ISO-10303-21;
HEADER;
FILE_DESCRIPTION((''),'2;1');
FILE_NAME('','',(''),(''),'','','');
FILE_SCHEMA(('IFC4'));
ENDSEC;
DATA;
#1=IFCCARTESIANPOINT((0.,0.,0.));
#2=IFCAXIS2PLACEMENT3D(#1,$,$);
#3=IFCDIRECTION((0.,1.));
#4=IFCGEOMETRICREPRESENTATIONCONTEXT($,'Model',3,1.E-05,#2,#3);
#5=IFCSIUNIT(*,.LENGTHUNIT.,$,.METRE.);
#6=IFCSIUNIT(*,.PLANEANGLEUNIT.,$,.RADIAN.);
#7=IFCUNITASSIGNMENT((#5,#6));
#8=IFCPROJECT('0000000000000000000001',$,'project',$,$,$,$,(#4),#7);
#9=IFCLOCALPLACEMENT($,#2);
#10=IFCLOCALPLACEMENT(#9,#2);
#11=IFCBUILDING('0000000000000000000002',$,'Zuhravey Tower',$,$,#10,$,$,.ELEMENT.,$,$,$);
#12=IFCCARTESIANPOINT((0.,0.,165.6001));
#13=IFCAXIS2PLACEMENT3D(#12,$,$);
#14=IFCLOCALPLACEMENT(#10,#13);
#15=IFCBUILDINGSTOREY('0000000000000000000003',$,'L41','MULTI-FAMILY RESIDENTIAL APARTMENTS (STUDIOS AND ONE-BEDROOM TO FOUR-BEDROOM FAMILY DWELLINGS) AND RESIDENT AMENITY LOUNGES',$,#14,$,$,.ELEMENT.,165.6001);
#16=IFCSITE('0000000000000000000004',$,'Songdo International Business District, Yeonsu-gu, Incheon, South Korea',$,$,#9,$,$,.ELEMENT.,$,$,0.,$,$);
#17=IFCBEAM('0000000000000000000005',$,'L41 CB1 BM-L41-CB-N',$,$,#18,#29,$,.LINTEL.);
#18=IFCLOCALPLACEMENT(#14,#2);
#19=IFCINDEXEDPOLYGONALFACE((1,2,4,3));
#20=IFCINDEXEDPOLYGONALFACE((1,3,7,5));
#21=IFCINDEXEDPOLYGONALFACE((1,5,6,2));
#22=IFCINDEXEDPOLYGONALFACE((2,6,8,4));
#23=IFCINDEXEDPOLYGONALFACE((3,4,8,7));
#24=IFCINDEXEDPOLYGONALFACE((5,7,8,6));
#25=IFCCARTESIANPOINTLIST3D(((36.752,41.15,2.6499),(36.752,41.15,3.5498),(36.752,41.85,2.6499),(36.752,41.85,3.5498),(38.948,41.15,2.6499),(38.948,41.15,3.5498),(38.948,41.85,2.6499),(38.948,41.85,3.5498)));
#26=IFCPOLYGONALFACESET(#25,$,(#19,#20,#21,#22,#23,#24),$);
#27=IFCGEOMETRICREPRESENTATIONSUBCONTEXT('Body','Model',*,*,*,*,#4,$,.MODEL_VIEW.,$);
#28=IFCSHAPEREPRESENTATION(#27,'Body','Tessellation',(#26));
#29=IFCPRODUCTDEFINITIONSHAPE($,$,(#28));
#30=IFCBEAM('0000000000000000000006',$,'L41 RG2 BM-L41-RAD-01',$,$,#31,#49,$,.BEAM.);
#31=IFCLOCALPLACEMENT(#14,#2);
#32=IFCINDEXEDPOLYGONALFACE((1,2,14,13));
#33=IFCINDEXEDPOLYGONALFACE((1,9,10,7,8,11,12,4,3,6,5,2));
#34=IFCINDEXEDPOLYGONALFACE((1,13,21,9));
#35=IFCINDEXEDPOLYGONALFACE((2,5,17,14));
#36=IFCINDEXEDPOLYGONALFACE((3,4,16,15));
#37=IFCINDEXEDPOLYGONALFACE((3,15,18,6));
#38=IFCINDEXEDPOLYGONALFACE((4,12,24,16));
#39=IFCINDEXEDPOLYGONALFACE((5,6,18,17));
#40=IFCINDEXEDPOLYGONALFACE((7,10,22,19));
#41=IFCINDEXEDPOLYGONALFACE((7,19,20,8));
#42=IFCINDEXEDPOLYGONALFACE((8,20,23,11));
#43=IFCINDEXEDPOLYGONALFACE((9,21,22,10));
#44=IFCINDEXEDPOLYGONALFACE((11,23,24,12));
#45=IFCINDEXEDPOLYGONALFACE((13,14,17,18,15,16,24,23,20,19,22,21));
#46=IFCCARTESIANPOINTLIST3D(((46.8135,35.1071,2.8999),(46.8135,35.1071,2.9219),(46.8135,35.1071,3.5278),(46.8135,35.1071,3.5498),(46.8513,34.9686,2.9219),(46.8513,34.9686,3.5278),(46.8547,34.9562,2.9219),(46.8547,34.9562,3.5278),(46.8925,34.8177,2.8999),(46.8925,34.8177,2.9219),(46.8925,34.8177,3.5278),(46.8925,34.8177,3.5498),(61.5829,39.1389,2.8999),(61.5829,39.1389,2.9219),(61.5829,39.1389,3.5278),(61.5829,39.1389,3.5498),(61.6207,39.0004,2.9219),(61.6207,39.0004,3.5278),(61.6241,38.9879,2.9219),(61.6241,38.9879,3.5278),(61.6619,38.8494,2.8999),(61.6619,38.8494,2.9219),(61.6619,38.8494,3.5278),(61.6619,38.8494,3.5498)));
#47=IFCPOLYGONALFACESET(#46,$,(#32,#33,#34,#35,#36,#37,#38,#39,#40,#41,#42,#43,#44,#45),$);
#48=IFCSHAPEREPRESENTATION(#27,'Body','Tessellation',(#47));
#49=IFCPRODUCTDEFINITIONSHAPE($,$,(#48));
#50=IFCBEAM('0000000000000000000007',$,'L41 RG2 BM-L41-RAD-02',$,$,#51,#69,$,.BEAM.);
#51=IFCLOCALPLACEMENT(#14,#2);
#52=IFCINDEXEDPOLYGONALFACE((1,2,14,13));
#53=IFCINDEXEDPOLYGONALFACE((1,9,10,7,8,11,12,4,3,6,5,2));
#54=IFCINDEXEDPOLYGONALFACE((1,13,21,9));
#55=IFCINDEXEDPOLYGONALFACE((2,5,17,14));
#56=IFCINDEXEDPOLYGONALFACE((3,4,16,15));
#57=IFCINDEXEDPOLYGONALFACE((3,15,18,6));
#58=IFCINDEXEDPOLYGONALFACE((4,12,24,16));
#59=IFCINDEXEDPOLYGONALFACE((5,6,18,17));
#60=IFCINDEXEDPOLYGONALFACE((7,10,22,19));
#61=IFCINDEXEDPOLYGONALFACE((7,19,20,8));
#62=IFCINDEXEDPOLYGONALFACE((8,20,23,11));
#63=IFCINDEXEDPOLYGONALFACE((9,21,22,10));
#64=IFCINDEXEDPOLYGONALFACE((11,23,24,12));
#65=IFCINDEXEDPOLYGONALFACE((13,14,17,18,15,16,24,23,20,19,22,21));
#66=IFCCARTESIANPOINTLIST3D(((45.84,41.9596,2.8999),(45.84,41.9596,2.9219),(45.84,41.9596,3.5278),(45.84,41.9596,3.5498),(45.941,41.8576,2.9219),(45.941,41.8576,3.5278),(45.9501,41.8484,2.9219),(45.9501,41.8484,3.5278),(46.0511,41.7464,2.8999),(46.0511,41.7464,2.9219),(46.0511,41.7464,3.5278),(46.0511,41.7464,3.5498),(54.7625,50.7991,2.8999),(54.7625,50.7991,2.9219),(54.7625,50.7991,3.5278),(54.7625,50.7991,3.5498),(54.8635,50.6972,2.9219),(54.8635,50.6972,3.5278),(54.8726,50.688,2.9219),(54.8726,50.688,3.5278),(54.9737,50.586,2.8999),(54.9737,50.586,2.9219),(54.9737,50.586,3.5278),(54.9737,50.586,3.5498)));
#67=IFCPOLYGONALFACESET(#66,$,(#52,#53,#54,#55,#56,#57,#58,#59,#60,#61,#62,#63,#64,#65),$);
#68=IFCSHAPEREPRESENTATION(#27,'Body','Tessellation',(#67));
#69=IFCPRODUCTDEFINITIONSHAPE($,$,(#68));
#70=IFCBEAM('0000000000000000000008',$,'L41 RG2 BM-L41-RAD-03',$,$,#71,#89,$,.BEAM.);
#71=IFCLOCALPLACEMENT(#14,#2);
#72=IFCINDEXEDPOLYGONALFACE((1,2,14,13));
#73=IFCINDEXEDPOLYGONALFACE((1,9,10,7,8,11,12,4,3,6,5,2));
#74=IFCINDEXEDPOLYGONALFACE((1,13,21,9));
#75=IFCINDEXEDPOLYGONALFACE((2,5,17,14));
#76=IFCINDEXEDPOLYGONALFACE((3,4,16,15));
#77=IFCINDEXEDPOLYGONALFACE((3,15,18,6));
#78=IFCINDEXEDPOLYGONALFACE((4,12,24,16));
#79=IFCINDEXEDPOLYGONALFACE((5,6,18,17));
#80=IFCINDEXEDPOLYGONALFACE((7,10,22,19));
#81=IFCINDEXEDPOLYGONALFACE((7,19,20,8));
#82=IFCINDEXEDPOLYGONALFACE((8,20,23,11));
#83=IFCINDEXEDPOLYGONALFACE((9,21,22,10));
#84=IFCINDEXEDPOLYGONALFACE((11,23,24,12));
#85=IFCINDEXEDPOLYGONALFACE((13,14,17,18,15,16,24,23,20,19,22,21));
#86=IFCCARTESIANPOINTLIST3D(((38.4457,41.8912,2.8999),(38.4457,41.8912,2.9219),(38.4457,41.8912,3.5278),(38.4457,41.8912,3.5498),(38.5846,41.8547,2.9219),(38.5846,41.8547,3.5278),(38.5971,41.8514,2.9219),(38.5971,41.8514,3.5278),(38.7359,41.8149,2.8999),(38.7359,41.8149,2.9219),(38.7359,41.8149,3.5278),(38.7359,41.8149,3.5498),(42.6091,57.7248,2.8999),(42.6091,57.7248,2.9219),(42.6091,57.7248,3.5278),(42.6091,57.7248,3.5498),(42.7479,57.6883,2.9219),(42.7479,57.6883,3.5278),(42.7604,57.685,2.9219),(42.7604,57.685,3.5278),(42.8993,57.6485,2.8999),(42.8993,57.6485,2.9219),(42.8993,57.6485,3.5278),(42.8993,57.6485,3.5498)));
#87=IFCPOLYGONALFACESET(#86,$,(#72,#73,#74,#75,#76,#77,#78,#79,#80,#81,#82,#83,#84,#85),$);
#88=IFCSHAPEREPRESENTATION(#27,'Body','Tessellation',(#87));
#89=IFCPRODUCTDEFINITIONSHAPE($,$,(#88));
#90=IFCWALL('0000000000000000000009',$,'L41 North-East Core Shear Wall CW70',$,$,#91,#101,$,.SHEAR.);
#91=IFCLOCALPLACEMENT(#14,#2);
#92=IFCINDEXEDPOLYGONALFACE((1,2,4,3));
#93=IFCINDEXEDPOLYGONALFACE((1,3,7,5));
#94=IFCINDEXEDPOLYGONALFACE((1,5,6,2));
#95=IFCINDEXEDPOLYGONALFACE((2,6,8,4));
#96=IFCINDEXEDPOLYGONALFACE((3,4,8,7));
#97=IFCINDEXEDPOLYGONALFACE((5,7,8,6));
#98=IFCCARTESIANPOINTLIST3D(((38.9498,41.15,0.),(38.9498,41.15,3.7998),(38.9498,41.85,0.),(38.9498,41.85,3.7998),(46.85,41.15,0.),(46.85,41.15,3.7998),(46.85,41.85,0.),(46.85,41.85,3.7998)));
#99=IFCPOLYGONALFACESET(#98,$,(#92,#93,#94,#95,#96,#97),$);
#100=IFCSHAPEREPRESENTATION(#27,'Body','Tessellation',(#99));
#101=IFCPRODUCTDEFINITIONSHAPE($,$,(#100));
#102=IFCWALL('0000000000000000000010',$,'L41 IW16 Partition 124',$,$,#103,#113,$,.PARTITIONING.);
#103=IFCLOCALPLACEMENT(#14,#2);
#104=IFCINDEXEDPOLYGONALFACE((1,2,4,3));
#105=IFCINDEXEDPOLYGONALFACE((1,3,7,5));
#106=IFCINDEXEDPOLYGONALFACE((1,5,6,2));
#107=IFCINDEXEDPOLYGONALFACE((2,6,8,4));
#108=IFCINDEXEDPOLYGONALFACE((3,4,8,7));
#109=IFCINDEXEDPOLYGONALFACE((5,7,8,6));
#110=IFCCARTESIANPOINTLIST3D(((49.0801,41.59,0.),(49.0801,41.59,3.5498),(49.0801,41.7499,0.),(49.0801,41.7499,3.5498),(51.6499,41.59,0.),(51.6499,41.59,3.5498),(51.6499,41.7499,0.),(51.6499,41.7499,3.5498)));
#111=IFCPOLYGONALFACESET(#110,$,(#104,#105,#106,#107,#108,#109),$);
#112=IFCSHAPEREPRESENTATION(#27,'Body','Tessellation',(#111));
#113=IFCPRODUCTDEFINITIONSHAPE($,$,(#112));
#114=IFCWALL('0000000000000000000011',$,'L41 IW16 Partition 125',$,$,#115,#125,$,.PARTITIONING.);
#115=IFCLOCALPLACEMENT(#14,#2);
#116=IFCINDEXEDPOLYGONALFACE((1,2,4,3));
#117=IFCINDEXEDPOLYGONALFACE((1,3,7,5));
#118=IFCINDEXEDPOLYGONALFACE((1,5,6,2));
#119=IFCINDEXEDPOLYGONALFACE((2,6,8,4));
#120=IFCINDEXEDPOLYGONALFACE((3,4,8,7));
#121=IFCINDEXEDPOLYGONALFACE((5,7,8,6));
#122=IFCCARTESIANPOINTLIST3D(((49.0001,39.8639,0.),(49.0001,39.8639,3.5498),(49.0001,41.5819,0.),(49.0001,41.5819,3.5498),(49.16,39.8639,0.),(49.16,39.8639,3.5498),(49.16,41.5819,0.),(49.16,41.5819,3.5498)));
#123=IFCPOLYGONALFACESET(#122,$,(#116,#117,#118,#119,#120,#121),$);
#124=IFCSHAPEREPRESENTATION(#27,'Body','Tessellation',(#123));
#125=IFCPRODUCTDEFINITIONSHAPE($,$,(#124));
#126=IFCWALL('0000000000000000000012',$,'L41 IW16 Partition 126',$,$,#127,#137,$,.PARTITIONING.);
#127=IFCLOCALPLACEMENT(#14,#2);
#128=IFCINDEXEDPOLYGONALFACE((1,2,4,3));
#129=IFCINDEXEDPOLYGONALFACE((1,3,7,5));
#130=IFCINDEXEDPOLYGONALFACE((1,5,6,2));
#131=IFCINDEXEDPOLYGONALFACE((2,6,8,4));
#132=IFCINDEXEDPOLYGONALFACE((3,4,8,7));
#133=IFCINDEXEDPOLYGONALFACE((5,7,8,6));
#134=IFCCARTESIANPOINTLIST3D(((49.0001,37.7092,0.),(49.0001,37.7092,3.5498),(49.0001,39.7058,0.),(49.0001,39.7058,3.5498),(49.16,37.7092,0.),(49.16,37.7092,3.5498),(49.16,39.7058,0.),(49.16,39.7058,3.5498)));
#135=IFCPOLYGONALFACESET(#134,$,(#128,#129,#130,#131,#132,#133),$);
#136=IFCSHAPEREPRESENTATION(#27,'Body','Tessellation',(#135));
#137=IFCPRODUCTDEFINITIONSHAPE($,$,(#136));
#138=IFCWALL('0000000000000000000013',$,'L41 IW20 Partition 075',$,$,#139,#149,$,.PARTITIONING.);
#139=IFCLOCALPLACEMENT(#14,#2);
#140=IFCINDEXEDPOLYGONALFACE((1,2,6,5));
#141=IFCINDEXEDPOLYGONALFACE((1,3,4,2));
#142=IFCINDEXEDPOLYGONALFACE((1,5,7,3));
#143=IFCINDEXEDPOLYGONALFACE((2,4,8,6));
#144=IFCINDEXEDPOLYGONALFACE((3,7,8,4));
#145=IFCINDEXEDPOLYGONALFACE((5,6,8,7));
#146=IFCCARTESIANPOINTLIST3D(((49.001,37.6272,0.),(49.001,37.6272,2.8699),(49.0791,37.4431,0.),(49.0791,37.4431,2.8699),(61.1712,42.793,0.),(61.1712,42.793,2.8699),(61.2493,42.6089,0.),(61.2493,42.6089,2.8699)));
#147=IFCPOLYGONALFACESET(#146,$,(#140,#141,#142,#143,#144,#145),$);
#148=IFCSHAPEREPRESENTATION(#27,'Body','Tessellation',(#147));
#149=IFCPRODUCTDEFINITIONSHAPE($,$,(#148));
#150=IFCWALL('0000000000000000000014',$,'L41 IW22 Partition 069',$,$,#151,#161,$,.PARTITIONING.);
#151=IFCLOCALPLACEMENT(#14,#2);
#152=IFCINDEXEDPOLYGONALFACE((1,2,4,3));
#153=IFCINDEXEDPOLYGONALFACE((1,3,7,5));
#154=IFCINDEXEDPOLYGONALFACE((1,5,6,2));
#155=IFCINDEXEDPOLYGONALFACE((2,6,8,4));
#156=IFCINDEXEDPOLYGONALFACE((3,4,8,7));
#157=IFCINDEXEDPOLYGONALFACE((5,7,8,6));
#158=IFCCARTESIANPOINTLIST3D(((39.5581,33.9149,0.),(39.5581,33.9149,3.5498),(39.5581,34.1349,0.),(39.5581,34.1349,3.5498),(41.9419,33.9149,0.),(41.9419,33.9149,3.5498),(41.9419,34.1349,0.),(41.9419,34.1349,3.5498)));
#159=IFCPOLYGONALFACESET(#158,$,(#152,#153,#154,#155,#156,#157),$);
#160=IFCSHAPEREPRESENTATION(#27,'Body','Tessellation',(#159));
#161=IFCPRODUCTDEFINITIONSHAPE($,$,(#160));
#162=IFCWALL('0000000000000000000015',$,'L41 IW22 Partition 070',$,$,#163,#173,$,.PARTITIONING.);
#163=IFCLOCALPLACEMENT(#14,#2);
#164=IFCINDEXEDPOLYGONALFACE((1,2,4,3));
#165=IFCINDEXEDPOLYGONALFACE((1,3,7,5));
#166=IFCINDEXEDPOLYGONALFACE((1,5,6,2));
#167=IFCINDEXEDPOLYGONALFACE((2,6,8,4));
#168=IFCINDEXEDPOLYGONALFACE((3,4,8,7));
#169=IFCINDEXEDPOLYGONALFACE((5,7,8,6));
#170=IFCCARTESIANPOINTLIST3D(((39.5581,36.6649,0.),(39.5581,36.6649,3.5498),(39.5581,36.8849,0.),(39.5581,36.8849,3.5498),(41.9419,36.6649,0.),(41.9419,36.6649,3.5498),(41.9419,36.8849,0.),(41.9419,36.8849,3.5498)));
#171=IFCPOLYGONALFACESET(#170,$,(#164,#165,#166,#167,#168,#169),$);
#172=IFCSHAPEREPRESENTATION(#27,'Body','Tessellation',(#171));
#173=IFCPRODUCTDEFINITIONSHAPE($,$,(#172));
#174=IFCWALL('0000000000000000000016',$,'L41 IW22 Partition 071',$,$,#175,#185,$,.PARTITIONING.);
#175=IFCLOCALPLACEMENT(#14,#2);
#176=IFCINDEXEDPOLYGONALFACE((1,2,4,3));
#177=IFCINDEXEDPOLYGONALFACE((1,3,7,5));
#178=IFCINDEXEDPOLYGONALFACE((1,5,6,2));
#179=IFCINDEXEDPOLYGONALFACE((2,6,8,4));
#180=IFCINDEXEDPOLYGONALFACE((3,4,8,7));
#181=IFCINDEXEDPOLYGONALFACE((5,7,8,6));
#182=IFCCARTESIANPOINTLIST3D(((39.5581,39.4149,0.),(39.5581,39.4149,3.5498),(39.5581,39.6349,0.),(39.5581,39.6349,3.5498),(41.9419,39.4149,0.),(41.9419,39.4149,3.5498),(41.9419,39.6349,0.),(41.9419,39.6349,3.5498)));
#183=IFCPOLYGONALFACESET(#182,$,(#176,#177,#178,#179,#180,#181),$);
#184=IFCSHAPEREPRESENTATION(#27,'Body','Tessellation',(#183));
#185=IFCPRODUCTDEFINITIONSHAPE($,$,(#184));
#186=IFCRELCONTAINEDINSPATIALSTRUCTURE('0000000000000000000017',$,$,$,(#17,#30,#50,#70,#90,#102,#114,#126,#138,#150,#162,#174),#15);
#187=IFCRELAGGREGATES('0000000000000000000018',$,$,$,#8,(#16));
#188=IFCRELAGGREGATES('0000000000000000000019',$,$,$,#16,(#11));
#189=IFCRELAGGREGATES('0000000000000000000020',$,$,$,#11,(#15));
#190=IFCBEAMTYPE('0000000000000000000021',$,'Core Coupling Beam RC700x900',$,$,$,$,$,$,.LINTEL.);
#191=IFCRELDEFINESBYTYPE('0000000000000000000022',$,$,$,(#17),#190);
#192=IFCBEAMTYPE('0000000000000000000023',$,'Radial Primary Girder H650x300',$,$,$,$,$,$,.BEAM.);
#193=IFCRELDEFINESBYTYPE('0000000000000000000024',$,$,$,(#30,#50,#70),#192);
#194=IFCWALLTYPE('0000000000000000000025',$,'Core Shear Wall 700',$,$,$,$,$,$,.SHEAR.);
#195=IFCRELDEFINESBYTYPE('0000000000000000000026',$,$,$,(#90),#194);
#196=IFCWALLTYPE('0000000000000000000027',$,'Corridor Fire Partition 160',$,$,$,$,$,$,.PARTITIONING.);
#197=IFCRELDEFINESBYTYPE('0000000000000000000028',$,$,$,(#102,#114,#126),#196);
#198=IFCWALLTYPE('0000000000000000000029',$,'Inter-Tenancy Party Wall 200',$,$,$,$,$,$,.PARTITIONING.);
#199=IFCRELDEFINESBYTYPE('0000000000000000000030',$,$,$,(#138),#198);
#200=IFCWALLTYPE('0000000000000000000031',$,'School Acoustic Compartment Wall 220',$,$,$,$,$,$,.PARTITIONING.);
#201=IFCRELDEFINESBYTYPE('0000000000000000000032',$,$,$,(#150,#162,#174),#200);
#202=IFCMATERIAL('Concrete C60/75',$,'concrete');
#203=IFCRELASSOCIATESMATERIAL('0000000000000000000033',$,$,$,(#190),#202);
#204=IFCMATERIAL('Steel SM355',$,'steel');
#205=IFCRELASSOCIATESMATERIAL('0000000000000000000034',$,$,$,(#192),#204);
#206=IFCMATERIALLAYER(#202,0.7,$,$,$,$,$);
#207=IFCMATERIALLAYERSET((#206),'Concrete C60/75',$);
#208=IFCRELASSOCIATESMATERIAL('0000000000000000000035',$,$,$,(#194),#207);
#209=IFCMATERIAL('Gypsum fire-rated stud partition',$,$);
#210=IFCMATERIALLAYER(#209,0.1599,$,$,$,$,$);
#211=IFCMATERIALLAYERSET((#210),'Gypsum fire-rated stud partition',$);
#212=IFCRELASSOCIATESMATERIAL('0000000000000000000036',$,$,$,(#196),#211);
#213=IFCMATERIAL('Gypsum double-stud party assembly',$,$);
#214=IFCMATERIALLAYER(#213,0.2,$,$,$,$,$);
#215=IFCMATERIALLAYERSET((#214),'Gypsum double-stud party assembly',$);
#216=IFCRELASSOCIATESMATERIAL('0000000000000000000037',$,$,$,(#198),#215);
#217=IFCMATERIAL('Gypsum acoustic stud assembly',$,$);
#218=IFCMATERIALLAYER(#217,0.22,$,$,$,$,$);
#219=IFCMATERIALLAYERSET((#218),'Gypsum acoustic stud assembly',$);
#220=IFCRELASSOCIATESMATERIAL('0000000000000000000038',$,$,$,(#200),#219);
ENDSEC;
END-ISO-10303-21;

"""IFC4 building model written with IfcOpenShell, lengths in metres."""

from ifc_helpers import new_model, si_unit, direction, frame, frame_2d, origin, origin_2d, place, context, subcontext, project, spatial, rectangle, i_section, extrude, material, layer, layer_set, material_profile, profile_set, type_object, element, save


model = new_model("IFC4")

# Units and contexts
model_context = context("Model", 3, precision=1e-05, world=origin(), true_north=direction((0.0, 1.0)))
body_context = subcontext(model_context, "Body", "Model", "MODEL_VIEW")
ifc_project = project(units=[si_unit("LENGTHUNIT", "METRE"), si_unit("PLANEANGLEUNIT", "RADIAN")], contexts=[model_context])

# Site, building, storey
site_placement = place(None, origin())
site = spatial("IfcSite", under=ifc_project, at=site_placement, Name="Songdo International Business District, Yeonsu-gu, Incheon, South Korea", CompositionType="ELEMENT", RefElevation=0.0)
building_placement = place(site_placement, origin())
building = spatial("IfcBuilding", under=site, at=building_placement, Name="Zuhravey Tower", CompositionType="ELEMENT")
storey_placement = place(building_placement, frame((0.0, 0.0, 165.6001)))
storey = spatial("IfcBuildingStorey", under=building, at=storey_placement, Name="L41", Description="MULTI-FAMILY RESIDENTIAL APARTMENTS (STUDIOS AND ONE-BEDROOM TO FOUR-BEDROOM FAMILY DWELLINGS) AND RESIDENT AMENITY LOUNGES", CompositionType="ELEMENT", Elevation=165.6001)

# Beams
ifc_material_1 = material(Name="Concrete C60/75", Category="concrete")
ifc_material_profile_1 = material_profile(ifc_material_1, rectangle(XDim=0.7, YDim=0.8999, at=origin_2d()), Name="RC-700x900")
ifc_profile_set_1 = profile_set([ifc_material_profile_1], Name="Concrete C60/75")
beam_type_1 = type_object("IfcBeamType", Name="Core Coupling Beam RC700x900", PredefinedType="LINTEL", material=ifc_profile_set_1)
beam_1_placement = place(storey_placement, frame((36.752, 41.5, 3.0999), z_axis=(1.0, 0.0, 0.0), x_axis=(0.0, 1.0, 0.0)))
element("IfcBeam", 1, at=beam_1_placement, inside=storey, type_object=beam_type_1, Name="L41 CB1 BM-L41-CB-N", PredefinedType="LINTEL", context=body_context, shape_type="SweptSolid", body=[
    extrude(rectangle(XDim=0.7, YDim=0.8999, at=origin_2d()), origin(), (0.0, 0.0, 1.0), 2.196),
])
ifc_material_2 = material(Name="Steel SM355", Category="steel")
ifc_material_profile_2 = material_profile(ifc_material_2, i_section(OverallWidth=0.3, OverallDepth=0.6499, WebThickness=0.0129, FlangeThickness=0.022, at=origin_2d()), Name="H-650x300x13x22")
ifc_profile_set_2 = profile_set([ifc_material_profile_2], Name="Steel SM355")
beam_type_2 = type_object("IfcBeamType", Name="Radial Primary Girder H650x300", PredefinedType="BEAM", material=ifc_profile_set_2)
beam_2_placement = place(storey_placement, frame((46.853, 34.9624, 3.2249), z_axis=(0.964702, 0.263345, 0.0), x_axis=(-0.263345, 0.964702, 0.0)))
element("IfcBeam", 2, at=beam_2_placement, inside=storey, type_object=beam_type_2, Name="L41 RG2 BM-L41-RAD-01", PredefinedType="BEAM", context=body_context, shape_type="SweptSolid", body=[
    extrude(i_section(OverallWidth=0.3, OverallDepth=0.6499, WebThickness=0.0129, FlangeThickness=0.022, at=origin_2d()), origin(), (0.0, 0.0, 1.0), 15.3098),
])
beam_3_placement = place(storey_placement, frame((45.9456, 41.853, 3.2249), z_axis=(0.710404, 0.703795, 0.0), x_axis=(-0.703795, 0.710404, 0.0)))
element("IfcBeam", 3, at=beam_3_placement, inside=storey, type_object=beam_type_2, Name="L41 RG2 BM-L41-RAD-02", PredefinedType="BEAM", context=body_context, shape_type="SweptSolid", body=[
    extrude(i_section(OverallWidth=0.3, OverallDepth=0.6499, WebThickness=0.0129, FlangeThickness=0.022, at=origin_2d()), origin(), (0.0, 0.0, 1.0), 12.5598),
])
beam_4_placement = place(storey_placement, frame((38.5908, 41.853, 3.2249), z_axis=(0.2543, 0.967125, 0.0), x_axis=(-0.967125, 0.2543, 0.0)))
element("IfcBeam", 4, at=beam_4_placement, inside=storey, type_object=beam_type_2, Name="L41 RG2 BM-L41-RAD-03", PredefinedType="BEAM", context=body_context, shape_type="SweptSolid", body=[
    extrude(i_section(OverallWidth=0.3, OverallDepth=0.6499, WebThickness=0.0129, FlangeThickness=0.022, at=origin_2d()), origin(), (0.0, 0.0, 1.0), 16.3718),
])

# Wall
ifc_layer_1 = layer(ifc_material_1, 0.7)
ifc_layer_set_1 = layer_set([ifc_layer_1], Name="Concrete C60/75")
wall_type_1 = type_object("IfcWallType", Name="Core Shear Wall 700", PredefinedType="SHEAR", material=ifc_layer_set_1)
wall_1_placement = place(storey_placement, frame((46.8501, 41.5, 0.0), z_axis=(0.0, 0.0, 1.0), x_axis=(-1.0, 0.0, 0.0)))
element("IfcWall", 5, at=wall_1_placement, inside=storey, type_object=wall_type_1, Name="L41 North-East Core Shear Wall CW70", PredefinedType="SHEAR", context=body_context, shape_type="SweptSolid", body=[
    extrude(rectangle(XDim=7.9001, YDim=0.7, at=frame_2d((3.9502, 0.0))), origin(), (0.0, 0.0, 1.0), 3.7998),
])

# Walls
ifc_material_3 = material(Name="Gypsum fire-rated stud partition")
ifc_layer_2 = layer(ifc_material_3, 0.1599)
ifc_layer_set_2 = layer_set([ifc_layer_2], Name="Gypsum fire-rated stud partition")
wall_type_2 = type_object("IfcWallType", Name="Corridor Fire Partition 160", PredefinedType="PARTITIONING", material=ifc_layer_set_2)
wall_2_placement = place(storey_placement, frame((49.0801, 41.6699, 0.0), z_axis=(0.0, 0.0, 1.0), x_axis=(1.0, 0.0, 0.0)))
element("IfcWall", 6, at=wall_2_placement, inside=storey, type_object=wall_type_2, Name="L41 IW16 Partition 124", PredefinedType="PARTITIONING", context=body_context, shape_type="SweptSolid", body=[
    extrude(rectangle(XDim=2.5698, YDim=0.1599, at=frame_2d((1.2849, 0.0))), origin(), (0.0, 0.0, 1.0), 3.5498),
])
wall_3_placement = place(storey_placement, frame((49.0801, 39.864, 0.0), z_axis=(0.0, 0.0, 1.0), x_axis=(0.0, 1.0, 0.0)))
element("IfcWall", 7, at=wall_3_placement, inside=storey, type_object=wall_type_2, Name="L41 IW16 Partition 125", PredefinedType="PARTITIONING", context=body_context, shape_type="SweptSolid", body=[
    extrude(rectangle(XDim=1.718, YDim=0.1599, at=frame_2d((0.8589, 0.0))), origin(), (0.0, 0.0, 1.0), 3.5498),
])
wall_4_placement = place(storey_placement, frame((49.0801, 37.7092, 0.0), z_axis=(0.0, 0.0, 1.0), x_axis=(0.0, 1.0, 0.0)))
element("IfcWall", 8, at=wall_4_placement, inside=storey, type_object=wall_type_2, Name="L41 IW16 Partition 126", PredefinedType="PARTITIONING", context=body_context, shape_type="SweptSolid", body=[
    extrude(rectangle(XDim=1.9966, YDim=0.1599, at=frame_2d((0.9983, 0.0))), origin(), (0.0, 0.0, 1.0), 3.5498),
])

# Walls
ifc_material_4 = material(Name="Gypsum double-stud party assembly")
ifc_layer_3 = layer(ifc_material_4, 0.2)
ifc_layer_set_3 = layer_set([ifc_layer_3], Name="Gypsum double-stud party assembly")
wall_type_3 = type_object("IfcWallType", Name="Inter-Tenancy Party Wall 200", PredefinedType="PARTITIONING", material=ifc_layer_set_3)
wall_5_placement = place(storey_placement, frame((49.04, 37.5352, 0.0), z_axis=(0.0, 0.0, 1.0), x_axis=(0.920509, 0.390721, 0.0)))
element("IfcWall", 9, at=wall_5_placement, inside=storey, type_object=wall_type_3, Name="L41 IW20 Partition 075", PredefinedType="PARTITIONING", context=body_context, shape_type="SweptSolid", body=[
    extrude(rectangle(XDim=13.2212, YDim=0.2, at=frame_2d((6.6106, 0.0))), origin(), (0.0, 0.0, 1.0), 2.8699),
])
ifc_material_5 = material(Name="Gypsum acoustic stud assembly")
ifc_layer_4 = layer(ifc_material_5, 0.22)
ifc_layer_set_4 = layer_set([ifc_layer_4], Name="Gypsum acoustic stud assembly")
wall_type_4 = type_object("IfcWallType", Name="School Acoustic Compartment Wall 220", PredefinedType="PARTITIONING", material=ifc_layer_set_4)
for number, where, z_axis, x_axis, name in (
    (10, (39.5581, 34.0249, 0.0), (0.0, 0.0, 1.0), (1.0, 0.0, 0.0), "L41 IW22 Partition 069"),
    (11, (39.5581, 36.7749, 0.0), (0.0, 0.0, 1.0), (1.0, 0.0, 0.0), "L41 IW22 Partition 070"),
    (12, (39.5581, 39.5249, 0.0), (0.0, 0.0, 1.0), (1.0, 0.0, 0.0), "L41 IW22 Partition 071"),
):
    element("IfcWall", number, at=place(storey_placement, frame(where, z_axis=z_axis, x_axis=x_axis)), inside=storey, type_object=wall_type_4, Name=name, PredefinedType="PARTITIONING", context=body_context, shape_type="SweptSolid", body=[
        extrude(rectangle(XDim=2.3838, YDim=0.22, at=frame_2d((1.1919, 0.0))), origin(), (0.0, 0.0, 1.0), 3.5498),
    ])

save(model, "model.ifc")
